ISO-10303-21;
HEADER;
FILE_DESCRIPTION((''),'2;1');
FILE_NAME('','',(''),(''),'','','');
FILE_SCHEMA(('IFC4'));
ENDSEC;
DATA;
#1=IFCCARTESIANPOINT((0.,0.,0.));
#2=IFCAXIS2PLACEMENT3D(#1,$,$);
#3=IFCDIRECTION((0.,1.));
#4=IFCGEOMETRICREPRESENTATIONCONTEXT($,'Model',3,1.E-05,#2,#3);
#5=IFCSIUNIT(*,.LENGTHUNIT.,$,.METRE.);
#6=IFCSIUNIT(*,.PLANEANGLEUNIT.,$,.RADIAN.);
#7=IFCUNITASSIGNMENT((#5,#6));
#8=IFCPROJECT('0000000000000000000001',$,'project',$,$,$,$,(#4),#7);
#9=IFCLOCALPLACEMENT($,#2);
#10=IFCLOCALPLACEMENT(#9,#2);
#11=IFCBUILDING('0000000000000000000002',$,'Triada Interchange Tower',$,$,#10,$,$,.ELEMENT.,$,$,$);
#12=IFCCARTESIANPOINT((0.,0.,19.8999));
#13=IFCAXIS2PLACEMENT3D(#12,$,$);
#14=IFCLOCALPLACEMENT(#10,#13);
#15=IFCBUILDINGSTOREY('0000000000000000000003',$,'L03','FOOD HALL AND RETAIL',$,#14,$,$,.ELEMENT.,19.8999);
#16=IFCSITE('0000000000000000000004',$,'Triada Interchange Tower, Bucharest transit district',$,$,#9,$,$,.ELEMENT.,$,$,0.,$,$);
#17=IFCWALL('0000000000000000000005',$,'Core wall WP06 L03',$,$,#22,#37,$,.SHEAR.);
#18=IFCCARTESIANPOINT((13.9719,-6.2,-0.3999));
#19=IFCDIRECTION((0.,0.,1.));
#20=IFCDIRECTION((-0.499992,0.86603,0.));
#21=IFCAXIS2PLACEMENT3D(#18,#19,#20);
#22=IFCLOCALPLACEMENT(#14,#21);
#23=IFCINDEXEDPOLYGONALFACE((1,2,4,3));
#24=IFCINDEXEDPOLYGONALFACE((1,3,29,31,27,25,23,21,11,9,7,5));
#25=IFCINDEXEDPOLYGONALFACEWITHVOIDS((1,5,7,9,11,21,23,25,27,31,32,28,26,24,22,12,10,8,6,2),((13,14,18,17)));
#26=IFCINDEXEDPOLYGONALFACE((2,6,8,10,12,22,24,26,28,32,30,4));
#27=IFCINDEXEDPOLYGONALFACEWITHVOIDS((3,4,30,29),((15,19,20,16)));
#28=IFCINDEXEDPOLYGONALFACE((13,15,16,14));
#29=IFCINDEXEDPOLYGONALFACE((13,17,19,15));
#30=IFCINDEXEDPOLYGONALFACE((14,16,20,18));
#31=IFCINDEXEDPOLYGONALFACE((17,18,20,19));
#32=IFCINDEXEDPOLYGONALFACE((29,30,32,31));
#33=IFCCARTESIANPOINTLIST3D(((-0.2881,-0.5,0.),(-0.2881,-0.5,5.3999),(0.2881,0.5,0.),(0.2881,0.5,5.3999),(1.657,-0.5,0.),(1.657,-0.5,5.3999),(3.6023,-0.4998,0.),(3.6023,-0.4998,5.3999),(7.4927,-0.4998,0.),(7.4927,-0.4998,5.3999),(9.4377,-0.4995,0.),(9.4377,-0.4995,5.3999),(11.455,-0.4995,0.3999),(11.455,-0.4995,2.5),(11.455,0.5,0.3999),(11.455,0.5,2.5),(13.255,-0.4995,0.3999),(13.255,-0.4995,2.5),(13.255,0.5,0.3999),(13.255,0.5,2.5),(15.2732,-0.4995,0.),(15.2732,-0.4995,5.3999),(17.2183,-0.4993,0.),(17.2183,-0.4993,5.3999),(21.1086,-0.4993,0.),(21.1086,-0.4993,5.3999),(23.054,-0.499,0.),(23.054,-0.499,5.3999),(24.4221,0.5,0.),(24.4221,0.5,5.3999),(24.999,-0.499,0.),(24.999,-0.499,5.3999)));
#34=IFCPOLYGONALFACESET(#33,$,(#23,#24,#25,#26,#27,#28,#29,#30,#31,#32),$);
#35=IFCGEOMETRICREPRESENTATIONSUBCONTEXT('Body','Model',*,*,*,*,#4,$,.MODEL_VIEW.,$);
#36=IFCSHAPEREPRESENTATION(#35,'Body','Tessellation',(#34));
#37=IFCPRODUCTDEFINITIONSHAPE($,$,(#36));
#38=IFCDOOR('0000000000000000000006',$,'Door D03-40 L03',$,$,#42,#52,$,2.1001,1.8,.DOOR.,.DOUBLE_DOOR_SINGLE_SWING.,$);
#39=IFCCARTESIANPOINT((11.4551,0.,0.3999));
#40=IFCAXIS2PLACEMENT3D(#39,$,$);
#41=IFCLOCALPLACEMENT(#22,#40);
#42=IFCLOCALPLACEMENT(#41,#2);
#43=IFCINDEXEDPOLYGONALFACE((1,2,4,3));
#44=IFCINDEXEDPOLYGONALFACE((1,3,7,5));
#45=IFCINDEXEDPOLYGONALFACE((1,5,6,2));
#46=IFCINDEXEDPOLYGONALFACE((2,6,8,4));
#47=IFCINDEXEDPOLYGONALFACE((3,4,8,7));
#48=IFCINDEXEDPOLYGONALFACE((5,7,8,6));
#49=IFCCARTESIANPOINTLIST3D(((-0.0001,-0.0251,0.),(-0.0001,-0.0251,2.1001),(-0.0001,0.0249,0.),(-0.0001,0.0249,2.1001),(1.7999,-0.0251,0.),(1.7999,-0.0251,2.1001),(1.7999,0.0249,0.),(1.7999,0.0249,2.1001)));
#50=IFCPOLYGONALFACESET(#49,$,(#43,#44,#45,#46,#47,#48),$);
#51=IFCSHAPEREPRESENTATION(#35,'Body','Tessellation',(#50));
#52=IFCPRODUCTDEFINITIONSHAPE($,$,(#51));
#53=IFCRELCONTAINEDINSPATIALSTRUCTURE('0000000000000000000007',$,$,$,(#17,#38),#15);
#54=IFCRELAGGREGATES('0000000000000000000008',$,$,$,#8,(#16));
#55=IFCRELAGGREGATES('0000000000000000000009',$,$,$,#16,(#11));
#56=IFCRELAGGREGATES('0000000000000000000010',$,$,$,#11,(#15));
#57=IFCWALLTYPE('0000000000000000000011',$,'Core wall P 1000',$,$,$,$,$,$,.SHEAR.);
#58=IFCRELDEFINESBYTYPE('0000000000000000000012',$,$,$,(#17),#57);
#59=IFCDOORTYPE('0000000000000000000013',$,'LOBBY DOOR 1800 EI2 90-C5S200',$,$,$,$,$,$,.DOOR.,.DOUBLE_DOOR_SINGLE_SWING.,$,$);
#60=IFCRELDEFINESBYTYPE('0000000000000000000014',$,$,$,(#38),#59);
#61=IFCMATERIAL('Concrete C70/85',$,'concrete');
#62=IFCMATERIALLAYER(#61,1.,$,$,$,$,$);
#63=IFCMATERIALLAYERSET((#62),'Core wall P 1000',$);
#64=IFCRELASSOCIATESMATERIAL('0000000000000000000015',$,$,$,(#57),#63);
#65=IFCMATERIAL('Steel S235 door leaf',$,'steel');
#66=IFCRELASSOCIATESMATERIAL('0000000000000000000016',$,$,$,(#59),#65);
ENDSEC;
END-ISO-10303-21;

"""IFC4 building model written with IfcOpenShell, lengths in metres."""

from ifc_helpers import new_model, si_unit, direction, frame, frame_2d, origin, place, context, subcontext, project, spatial, polyline, rectangle, outline, extrude, material, layer, layer_set, type_object, element, fill, save


model = new_model("IFC4")

# Units and contexts
model_context = context("Model", 3, precision=1e-05, world=origin(), true_north=direction((0.0, 1.0)))
body_context = subcontext(model_context, "Body", "Model", "MODEL_VIEW")
ifc_project = project(units=[si_unit("LENGTHUNIT", "METRE"), si_unit("PLANEANGLEUNIT", "RADIAN")], contexts=[model_context])

# Site, building, storey
site_placement = place(None, origin())
site = spatial("IfcSite", under=ifc_project, at=site_placement, Name="Triada Interchange Tower, Bucharest transit district", CompositionType="ELEMENT", RefElevation=0.0)
building_placement = place(site_placement, origin())
building = spatial("IfcBuilding", under=site, at=building_placement, Name="Triada Interchange Tower", CompositionType="ELEMENT")
storey_placement = place(building_placement, frame((0.0, 0.0, 19.8999)))
storey = spatial("IfcBuildingStorey", under=building, at=storey_placement, Name="L03", Description="FOOD HALL AND RETAIL", CompositionType="ELEMENT", Elevation=19.8999)

# Shared definitions
ifc_material_1 = material(Name="Concrete C70/85", Category="concrete")

# Wall, opening, door
ifc_material_2 = material(Name="Steel S235 door leaf", Category="steel")
ifc_layer_1 = layer(ifc_material_1, 1.0)
ifc_layer_set_1 = layer_set([ifc_layer_1], Name="Core wall P 1000")
wall_type_1 = type_object("IfcWallType", Name="Core wall P 1000", PredefinedType="SHEAR", material=ifc_layer_set_1)
wall_1_placement = place(storey_placement, frame((13.9719, -6.2, -0.3999), z_axis=(0.0, 0.0, 1.0), x_axis=(-0.499992, 0.86603, 0.0)))
wall_1 = element("IfcWall", 1, at=wall_1_placement, inside=storey, type_object=wall_type_1, Name="Core wall WP06 L03", PredefinedType="SHEAR", context=body_context, shape_type="SweptSolid", body=[
    extrude(outline(polyline([(-0.2881, -0.5), (1.657, -0.5), (3.6023, -0.4998), (5.5474, -0.4998), (7.4927, -0.4998), (9.4377, -0.4995), (11.3828, -0.4995), (13.3281, -0.4995), (15.2732, -0.4995), (17.2183, -0.4993), (19.1636, -0.4993), (21.1086, -0.4993), (23.054, -0.499), (24.999, -0.499), (24.4221, 0.5), (22.5657, 0.5), (20.7092, 0.5), (18.8528, 0.5), (16.9963, 0.5), (15.1399, 0.5), (13.2834, 0.5), (11.4268, 0.5), (9.5703, 0.5), (7.7139, 0.5), (5.8574, 0.5), (4.001, 0.5), (2.1445, 0.5), (0.2881, 0.5), (-0.2881, -0.5)])), origin(), (0.0, 0.0, 1.0), 5.3999),
])
opening_1_placement = place(wall_1_placement, frame((11.4551, 0.0, 0.3999)))
opening_1 = element("IfcOpeningElement", 2, at=opening_1_placement, cuts=wall_1, PredefinedType="OPENING", context=body_context, shape_type="SweptSolid", body=[
    extrude(rectangle(XDim=1.8, YDim=2.1001, at=frame_2d((0.8999, 1.05))), frame((0.0, 0.51, 0.0), z_axis=(0.0, -1.0, 0.0), x_axis=(1.0, 0.0, 0.0)), (0.0, 0.0, 1.0), 1.02),
])
door_type_1 = type_object("IfcDoorType", Name="LOBBY DOOR 1800 EI2 90-C5S200", OperationType="DOUBLE_DOOR_SINGLE_SWING", PredefinedType="DOOR", material=ifc_material_2)
door_1_placement = place(opening_1_placement, origin())
door_1 = element("IfcDoor", 3, at=door_1_placement, inside=storey, type_object=door_type_1, Name="Door D03-40 L03", OperationType="DOUBLE_DOOR_SINGLE_SWING", OverallHeight=2.1001, OverallWidth=1.8, PredefinedType="DOOR", context=body_context, shape_type="SweptSolid", body=[
    extrude(rectangle(XDim=1.8, YDim=2.1001, at=frame_2d((0.8999, 1.05))), frame((0.0, 0.0249, 0.0), z_axis=(0.0, -1.0, 0.0), x_axis=(1.0, 0.0, 0.0)), (0.0, 0.0, 1.0), 0.05),
])
fill(opening_1, door_1)

save(model, "model.ifc")
